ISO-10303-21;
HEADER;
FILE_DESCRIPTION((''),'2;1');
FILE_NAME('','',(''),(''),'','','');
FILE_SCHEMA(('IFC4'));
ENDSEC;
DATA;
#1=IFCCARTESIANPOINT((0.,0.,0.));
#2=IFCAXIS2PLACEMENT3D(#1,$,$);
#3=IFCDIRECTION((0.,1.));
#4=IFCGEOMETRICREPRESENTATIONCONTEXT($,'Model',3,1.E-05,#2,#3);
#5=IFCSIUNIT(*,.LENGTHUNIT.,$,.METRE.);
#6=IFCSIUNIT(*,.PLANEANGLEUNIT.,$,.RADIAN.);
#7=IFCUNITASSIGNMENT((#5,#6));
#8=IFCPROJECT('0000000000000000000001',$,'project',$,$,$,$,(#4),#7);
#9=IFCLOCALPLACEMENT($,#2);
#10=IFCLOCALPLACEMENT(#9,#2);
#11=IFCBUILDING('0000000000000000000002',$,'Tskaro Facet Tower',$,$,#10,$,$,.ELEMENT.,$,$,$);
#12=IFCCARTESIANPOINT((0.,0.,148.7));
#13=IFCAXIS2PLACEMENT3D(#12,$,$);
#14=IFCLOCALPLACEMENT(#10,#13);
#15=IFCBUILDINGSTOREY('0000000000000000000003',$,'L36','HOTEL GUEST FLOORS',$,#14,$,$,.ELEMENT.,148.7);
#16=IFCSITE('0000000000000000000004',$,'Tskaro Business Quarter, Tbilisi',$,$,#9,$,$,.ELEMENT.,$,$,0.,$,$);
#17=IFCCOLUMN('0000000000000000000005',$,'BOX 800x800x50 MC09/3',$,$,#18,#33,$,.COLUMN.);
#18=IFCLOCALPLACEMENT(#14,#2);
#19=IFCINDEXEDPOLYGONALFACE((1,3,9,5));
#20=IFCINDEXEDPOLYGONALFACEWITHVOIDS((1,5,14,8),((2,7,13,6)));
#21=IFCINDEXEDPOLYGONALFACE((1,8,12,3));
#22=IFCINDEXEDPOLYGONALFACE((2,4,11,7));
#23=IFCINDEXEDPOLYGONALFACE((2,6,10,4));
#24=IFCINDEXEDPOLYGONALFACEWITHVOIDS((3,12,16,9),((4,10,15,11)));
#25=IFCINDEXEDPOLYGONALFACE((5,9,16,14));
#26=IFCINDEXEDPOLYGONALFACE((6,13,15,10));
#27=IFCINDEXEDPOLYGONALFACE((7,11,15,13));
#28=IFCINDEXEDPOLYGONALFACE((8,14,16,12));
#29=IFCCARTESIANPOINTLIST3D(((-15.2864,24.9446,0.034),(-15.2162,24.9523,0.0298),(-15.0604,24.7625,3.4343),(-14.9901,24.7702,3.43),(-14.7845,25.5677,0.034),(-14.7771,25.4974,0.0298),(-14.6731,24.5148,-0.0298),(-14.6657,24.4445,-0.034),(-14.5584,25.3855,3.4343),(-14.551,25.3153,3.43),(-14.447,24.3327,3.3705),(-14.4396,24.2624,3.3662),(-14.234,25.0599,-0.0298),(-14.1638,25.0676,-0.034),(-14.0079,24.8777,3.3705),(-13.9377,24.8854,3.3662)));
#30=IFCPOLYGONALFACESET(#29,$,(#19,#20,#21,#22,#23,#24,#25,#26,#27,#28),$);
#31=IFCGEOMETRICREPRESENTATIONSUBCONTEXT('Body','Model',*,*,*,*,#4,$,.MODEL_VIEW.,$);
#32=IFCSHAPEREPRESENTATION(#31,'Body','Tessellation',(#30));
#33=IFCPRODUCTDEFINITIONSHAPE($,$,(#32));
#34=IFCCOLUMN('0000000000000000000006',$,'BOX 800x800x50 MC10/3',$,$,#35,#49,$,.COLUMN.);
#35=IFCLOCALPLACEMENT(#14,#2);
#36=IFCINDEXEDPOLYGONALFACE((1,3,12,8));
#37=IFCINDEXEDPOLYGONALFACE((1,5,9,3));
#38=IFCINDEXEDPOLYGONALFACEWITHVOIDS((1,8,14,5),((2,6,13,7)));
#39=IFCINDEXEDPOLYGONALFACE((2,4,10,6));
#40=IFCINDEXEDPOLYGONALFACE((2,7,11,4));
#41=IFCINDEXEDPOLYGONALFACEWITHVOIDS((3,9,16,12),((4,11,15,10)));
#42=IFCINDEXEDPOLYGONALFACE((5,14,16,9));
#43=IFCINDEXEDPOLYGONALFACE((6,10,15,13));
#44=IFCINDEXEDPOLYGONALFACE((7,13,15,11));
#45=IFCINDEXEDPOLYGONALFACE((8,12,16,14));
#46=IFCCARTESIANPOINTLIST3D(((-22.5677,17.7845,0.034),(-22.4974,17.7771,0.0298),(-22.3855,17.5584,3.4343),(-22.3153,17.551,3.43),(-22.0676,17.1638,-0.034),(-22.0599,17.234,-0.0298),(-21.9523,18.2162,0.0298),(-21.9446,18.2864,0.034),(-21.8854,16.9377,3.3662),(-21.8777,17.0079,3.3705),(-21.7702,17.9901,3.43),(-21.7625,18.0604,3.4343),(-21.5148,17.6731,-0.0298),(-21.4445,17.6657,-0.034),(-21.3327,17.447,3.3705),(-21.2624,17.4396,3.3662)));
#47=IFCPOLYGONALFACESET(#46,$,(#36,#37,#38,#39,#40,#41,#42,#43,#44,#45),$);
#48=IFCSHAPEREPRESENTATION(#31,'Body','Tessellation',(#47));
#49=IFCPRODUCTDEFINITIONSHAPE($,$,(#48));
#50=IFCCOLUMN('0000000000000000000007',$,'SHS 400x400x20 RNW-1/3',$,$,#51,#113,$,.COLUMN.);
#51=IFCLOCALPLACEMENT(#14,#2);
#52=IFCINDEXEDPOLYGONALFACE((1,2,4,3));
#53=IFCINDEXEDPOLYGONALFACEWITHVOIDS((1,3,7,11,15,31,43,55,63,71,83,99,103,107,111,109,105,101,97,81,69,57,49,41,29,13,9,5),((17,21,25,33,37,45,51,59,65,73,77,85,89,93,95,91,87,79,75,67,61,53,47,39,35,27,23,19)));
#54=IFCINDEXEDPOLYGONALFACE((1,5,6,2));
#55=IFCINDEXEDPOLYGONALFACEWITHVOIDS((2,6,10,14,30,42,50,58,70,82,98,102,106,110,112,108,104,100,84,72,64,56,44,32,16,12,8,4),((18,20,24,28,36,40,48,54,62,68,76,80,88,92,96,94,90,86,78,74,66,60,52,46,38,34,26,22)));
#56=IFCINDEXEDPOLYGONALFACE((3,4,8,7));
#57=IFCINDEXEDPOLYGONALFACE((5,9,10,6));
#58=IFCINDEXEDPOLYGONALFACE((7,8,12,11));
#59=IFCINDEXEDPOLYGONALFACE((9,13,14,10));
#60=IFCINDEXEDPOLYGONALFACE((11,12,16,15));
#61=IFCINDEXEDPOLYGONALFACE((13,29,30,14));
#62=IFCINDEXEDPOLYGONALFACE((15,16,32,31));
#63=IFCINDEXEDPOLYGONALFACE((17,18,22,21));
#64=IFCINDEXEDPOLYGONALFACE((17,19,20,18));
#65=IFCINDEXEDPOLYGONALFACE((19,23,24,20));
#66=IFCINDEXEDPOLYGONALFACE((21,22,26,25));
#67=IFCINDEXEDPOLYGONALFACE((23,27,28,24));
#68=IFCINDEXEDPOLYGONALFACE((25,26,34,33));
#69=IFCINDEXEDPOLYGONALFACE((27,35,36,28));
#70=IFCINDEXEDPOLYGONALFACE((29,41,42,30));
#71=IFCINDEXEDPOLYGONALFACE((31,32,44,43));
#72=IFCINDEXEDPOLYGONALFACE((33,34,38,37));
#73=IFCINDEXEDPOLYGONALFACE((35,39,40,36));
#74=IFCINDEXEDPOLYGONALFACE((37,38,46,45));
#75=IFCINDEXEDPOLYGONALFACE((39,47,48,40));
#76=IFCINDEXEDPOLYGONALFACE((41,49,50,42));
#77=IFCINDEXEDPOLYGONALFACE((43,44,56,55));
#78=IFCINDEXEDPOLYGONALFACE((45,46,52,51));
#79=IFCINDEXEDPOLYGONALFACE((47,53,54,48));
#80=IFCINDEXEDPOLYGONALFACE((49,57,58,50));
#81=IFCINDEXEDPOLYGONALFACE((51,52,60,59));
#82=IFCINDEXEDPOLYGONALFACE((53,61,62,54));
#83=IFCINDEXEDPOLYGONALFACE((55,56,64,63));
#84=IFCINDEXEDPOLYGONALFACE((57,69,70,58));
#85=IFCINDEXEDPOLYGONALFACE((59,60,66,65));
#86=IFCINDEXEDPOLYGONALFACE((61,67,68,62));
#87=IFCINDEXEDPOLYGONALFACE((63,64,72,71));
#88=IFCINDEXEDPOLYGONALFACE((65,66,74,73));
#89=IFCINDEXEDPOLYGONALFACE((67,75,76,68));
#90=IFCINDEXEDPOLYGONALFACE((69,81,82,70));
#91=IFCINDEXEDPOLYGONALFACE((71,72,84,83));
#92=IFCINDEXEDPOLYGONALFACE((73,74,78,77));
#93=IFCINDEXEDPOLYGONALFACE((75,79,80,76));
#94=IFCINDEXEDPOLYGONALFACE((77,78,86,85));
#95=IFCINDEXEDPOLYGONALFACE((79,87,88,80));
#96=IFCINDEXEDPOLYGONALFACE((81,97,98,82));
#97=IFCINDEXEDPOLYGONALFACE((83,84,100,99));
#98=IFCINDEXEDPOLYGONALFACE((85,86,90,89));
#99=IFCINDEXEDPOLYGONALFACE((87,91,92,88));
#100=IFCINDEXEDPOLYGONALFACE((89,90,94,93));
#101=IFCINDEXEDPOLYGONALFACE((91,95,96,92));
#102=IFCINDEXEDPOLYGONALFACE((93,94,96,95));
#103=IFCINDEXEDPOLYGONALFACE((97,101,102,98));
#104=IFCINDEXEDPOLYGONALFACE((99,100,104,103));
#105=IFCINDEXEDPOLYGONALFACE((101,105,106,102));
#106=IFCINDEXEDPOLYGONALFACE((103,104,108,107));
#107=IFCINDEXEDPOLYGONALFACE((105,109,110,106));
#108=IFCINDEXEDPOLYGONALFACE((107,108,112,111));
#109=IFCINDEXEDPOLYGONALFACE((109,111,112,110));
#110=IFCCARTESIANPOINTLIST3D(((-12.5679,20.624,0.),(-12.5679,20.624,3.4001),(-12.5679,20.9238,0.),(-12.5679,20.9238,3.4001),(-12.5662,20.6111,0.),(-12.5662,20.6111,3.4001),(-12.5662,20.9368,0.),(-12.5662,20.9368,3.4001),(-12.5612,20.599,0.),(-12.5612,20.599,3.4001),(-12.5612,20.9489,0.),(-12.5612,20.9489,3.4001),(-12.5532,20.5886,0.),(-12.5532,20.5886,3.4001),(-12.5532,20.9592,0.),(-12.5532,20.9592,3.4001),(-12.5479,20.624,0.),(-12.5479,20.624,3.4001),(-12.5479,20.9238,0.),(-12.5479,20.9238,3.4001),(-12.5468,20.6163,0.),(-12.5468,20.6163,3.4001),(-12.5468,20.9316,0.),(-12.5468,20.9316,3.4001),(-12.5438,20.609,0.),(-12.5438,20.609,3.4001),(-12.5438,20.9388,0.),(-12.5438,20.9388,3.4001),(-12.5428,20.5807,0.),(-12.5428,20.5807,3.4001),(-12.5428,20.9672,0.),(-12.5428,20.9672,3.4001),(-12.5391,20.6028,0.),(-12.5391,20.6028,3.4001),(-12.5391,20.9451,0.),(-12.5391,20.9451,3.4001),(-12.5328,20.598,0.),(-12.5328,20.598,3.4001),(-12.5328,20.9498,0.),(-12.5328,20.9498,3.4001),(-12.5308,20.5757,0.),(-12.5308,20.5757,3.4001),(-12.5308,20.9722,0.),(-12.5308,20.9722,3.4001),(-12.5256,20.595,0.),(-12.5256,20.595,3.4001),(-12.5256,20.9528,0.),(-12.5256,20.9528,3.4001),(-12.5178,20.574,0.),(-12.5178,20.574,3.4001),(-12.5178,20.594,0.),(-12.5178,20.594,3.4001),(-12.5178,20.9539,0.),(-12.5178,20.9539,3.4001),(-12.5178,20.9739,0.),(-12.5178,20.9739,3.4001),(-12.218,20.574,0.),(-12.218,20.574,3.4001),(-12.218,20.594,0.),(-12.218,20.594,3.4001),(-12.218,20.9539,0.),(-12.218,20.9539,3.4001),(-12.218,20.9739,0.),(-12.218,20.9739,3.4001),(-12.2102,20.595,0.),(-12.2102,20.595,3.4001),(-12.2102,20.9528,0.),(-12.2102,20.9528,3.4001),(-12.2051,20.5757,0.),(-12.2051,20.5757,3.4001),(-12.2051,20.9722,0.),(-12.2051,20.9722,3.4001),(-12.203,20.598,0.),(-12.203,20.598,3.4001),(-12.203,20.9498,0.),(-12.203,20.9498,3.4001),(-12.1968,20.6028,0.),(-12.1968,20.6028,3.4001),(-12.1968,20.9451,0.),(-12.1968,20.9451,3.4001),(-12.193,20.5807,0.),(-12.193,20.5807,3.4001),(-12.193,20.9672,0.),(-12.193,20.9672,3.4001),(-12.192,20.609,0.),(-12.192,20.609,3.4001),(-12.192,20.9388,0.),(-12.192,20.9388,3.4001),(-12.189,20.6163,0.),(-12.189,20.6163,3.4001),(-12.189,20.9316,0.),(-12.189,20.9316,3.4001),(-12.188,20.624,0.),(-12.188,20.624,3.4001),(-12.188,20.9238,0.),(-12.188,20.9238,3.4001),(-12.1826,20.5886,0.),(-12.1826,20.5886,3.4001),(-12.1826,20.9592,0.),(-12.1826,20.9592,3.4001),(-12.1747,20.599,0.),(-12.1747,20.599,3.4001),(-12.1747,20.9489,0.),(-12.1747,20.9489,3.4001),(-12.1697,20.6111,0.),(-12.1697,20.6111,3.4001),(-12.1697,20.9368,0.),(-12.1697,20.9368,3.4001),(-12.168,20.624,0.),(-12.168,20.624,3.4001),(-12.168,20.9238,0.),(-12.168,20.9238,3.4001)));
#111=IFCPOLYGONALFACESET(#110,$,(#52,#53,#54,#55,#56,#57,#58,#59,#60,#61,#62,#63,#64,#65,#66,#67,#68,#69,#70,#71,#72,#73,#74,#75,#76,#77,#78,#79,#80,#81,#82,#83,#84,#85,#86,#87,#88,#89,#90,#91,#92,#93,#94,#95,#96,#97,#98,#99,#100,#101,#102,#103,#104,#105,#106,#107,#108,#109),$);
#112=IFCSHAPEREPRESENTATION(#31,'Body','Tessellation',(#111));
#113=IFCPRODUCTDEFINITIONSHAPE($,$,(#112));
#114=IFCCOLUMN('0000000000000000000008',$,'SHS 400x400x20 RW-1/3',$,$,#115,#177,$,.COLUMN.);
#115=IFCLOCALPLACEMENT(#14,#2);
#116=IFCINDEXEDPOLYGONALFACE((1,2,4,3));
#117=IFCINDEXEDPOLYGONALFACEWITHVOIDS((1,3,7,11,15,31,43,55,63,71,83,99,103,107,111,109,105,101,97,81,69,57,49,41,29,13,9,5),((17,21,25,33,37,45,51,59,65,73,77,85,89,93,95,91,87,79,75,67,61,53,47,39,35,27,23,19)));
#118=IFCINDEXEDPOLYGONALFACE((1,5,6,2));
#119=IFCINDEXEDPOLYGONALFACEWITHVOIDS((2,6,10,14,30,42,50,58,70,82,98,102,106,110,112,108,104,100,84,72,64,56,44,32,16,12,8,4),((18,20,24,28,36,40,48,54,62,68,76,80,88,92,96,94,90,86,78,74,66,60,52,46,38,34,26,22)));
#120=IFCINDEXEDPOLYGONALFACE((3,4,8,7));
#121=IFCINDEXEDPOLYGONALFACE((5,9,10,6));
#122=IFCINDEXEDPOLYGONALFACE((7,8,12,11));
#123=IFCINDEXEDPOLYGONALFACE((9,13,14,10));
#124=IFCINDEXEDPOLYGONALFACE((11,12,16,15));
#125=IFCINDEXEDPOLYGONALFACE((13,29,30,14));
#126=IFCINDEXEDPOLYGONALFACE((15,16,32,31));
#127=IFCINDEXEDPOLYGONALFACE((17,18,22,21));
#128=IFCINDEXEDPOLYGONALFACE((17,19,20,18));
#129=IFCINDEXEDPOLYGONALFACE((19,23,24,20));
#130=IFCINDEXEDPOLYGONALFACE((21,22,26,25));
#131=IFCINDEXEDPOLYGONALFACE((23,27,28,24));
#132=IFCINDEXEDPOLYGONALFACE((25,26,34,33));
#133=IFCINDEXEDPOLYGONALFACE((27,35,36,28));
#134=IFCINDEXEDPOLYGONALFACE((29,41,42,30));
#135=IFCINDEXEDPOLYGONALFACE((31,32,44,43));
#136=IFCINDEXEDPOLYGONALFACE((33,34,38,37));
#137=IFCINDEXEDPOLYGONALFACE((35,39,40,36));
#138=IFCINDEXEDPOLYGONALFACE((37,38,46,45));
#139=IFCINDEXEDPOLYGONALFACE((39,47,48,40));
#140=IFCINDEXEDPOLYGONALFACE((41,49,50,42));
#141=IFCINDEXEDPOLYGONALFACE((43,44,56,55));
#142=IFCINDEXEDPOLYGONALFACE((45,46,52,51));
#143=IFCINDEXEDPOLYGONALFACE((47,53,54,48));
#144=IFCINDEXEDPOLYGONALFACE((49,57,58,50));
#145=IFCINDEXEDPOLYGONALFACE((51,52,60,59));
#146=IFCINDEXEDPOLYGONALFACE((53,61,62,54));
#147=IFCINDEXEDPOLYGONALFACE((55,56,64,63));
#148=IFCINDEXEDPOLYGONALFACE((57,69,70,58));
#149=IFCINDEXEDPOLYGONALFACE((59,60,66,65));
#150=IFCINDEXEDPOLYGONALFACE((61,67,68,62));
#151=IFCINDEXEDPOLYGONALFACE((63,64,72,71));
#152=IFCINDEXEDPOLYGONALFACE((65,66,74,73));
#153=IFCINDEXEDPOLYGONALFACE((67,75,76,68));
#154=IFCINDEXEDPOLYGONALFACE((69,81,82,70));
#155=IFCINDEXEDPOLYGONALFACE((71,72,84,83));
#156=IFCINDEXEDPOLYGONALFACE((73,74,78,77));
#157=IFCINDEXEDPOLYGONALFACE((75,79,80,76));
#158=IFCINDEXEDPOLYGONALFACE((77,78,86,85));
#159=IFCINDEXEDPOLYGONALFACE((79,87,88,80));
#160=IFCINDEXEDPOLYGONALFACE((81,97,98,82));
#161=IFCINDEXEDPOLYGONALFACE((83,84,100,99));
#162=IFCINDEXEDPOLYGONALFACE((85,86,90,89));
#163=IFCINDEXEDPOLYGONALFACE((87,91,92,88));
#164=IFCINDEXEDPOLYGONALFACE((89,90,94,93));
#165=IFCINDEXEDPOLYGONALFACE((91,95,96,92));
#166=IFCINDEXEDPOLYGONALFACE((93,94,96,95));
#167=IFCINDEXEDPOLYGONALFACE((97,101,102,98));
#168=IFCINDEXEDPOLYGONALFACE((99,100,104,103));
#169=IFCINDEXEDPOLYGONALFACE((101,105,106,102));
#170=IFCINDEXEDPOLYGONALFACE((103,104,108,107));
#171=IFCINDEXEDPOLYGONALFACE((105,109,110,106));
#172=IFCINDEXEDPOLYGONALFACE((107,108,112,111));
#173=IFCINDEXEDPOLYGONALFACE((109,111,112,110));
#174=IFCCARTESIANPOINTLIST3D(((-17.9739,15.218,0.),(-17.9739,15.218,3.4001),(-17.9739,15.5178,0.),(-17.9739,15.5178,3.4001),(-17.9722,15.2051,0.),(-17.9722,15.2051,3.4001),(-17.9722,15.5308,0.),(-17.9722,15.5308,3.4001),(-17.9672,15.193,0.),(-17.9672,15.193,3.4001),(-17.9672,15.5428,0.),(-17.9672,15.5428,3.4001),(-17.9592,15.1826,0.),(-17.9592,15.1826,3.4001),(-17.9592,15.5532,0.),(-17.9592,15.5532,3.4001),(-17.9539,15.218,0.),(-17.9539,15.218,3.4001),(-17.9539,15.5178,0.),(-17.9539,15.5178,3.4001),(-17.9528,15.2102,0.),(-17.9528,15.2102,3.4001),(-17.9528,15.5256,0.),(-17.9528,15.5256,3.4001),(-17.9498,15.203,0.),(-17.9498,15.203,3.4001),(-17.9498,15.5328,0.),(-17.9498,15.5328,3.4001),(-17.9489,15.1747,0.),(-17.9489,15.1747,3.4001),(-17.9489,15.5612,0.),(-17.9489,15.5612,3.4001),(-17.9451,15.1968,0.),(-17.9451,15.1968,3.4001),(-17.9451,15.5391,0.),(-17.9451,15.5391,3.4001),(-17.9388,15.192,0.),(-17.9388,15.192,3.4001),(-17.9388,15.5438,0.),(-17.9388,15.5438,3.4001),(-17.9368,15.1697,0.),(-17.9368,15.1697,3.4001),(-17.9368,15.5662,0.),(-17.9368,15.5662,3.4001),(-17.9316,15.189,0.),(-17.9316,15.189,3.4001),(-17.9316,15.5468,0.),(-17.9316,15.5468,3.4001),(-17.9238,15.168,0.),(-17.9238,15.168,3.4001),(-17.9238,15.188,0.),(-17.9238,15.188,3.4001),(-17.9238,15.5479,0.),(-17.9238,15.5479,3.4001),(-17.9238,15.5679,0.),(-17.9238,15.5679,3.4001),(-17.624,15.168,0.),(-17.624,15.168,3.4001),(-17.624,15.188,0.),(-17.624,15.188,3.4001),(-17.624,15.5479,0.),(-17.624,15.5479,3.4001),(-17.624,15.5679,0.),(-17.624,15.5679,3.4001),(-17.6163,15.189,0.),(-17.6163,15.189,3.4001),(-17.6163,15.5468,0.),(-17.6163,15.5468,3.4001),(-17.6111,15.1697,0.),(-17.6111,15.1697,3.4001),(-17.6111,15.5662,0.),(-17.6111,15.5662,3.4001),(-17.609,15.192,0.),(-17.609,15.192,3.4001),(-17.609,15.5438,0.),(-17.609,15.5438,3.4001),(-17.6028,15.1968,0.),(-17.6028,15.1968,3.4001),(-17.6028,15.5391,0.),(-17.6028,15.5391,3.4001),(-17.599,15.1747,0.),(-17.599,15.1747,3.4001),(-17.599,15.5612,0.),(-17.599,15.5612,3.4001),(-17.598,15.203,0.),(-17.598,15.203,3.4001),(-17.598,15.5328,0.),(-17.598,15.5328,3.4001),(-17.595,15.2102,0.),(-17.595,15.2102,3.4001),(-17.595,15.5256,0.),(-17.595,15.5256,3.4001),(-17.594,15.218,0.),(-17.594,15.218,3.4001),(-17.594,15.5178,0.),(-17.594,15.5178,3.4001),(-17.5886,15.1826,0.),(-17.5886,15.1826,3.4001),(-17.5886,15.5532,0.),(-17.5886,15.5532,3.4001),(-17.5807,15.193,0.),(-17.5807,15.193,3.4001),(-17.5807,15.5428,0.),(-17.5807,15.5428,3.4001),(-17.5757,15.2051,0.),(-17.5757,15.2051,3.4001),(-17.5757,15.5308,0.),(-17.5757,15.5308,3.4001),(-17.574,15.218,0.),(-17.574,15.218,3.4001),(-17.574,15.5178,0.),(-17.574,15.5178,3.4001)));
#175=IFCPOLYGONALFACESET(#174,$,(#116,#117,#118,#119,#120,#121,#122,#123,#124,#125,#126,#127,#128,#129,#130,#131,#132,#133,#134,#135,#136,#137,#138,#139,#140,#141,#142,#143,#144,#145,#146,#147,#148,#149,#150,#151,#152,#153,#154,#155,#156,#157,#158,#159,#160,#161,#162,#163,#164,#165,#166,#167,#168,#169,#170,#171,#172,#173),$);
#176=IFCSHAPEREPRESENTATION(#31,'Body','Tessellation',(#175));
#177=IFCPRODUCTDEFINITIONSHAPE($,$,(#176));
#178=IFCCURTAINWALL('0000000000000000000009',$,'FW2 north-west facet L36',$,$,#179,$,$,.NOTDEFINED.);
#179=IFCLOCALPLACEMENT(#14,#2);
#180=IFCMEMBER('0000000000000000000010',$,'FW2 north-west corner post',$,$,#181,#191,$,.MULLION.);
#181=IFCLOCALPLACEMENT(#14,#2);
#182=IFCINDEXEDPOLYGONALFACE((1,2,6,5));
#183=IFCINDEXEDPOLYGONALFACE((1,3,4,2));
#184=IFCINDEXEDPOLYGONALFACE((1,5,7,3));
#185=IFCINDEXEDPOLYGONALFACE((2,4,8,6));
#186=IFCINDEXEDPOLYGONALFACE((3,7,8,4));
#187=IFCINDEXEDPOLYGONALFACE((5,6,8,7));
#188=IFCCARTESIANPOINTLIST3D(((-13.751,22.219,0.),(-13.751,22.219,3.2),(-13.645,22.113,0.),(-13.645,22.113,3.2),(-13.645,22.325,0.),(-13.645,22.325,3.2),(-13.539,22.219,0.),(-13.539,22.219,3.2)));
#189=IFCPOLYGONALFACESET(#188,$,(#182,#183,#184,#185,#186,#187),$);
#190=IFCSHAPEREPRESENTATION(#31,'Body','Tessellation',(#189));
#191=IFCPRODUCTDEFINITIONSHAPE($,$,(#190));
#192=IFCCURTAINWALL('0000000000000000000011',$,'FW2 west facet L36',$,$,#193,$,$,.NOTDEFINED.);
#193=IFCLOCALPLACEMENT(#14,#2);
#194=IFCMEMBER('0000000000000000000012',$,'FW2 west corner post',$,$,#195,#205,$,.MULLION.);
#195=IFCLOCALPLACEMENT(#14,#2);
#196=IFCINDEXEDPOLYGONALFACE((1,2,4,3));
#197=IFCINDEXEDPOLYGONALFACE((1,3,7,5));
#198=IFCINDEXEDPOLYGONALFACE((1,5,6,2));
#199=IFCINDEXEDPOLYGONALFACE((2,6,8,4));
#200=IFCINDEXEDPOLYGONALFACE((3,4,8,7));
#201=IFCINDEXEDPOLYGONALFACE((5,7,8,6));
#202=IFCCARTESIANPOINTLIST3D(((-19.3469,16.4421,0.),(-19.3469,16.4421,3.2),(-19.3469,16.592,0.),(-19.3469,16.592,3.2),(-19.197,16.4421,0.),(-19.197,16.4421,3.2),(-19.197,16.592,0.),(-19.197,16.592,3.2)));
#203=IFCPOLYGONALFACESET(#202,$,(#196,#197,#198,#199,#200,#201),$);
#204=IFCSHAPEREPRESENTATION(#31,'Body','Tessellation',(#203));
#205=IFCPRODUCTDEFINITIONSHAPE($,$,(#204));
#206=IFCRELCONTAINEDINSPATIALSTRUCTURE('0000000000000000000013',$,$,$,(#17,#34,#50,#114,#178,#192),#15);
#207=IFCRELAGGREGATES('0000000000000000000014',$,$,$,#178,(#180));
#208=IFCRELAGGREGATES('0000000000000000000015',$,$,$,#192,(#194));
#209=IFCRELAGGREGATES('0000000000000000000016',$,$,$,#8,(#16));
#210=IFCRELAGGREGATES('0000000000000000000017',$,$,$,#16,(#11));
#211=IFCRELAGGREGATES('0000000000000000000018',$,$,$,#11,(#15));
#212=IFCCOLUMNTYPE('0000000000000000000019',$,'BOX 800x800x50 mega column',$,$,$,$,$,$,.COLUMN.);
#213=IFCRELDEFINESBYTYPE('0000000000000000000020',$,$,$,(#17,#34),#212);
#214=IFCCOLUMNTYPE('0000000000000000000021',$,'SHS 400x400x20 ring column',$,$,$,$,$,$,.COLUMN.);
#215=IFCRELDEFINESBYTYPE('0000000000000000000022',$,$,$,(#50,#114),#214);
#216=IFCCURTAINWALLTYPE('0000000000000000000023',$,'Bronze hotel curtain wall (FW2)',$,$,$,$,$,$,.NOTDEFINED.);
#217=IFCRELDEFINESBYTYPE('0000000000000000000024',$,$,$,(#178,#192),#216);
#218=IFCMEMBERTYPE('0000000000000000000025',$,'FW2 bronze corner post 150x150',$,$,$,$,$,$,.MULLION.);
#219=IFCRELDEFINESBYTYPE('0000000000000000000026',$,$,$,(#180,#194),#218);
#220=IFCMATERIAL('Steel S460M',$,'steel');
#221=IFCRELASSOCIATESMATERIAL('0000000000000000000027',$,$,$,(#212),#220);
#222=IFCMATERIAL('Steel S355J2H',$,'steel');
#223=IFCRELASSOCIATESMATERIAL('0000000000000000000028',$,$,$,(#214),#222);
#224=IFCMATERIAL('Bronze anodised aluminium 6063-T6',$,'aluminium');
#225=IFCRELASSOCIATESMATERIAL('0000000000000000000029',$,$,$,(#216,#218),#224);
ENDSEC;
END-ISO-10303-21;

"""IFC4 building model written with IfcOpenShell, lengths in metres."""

from ifc_helpers import new_model, si_unit, direction, frame, origin, origin_2d, place, context, subcontext, project, spatial, rectangle, hollow_rectangle, extrude, material, material_profile, profile_set, type_object, element, aggregate, save


model = new_model("IFC4")

# Units and contexts
model_context = context("Model", 3, precision=1e-05, world=origin(), true_north=direction((0.0, 1.0)))
body_context = subcontext(model_context, "Body", "Model", "MODEL_VIEW")
ifc_project = project(units=[si_unit("LENGTHUNIT", "METRE"), si_unit("PLANEANGLEUNIT", "RADIAN")], contexts=[model_context])

# Site, building, storey
site_placement = place(None, origin())
site = spatial("IfcSite", under=ifc_project, at=site_placement, Name="Tskaro Business Quarter, Tbilisi", CompositionType="ELEMENT", RefElevation=0.0)
building_placement = place(site_placement, origin())
building = spatial("IfcBuilding", under=site, at=building_placement, Name="Tskaro Facet Tower", CompositionType="ELEMENT")
storey_placement = place(building_placement, frame((0.0, 0.0, 148.7)))
storey = spatial("IfcBuildingStorey", under=building, at=storey_placement, Name="L36", Description="HOTEL GUEST FLOORS", CompositionType="ELEMENT", Elevation=148.7)

# Columns
ifc_material_1 = material(Name="Steel S460M", Category="steel")
ifc_material_profile_1 = material_profile(ifc_material_1, hollow_rectangle(XDim=0.8, YDim=0.8, WallThickness=0.05, at=origin_2d()), Name="BOX 800x800x50")
ifc_profile_set_1 = profile_set([ifc_material_profile_1], Name="Steel S460M")
column_type_1 = type_object("IfcColumnType", Name="BOX 800x800x50 mega column", PredefinedType="COLUMN", material=ifc_profile_set_1)
for number, where, z_axis, x_axis, name in (
    (1, (-14.7251, 25.0061, 0.0), (0.066249, -0.053371, 0.996375), (0.627358, 0.778731, 0.0), "BOX 800x800x50 MC09/3"),
    (2, (-22.0061, 17.7251, 0.0), (0.053371, -0.066249, 0.996375), (0.778731, 0.627358, 0.0), "BOX 800x800x50 MC10/3"),
):
    element("IfcColumn", number, at=place(storey_placement, frame(where, z_axis=z_axis, x_axis=x_axis)), inside=storey, type_object=column_type_1, Name=name, PredefinedType="COLUMN", context=body_context, shape_type="SweptSolid", body=[
        extrude(hollow_rectangle(XDim=0.8, YDim=0.8, WallThickness=0.05, at=origin_2d()), origin(), (0.0, 0.0, 1.0), 3.4126),
    ])
ifc_material_2 = material(Name="Steel S355J2H", Category="steel")
ifc_material_profile_2 = material_profile(ifc_material_2, hollow_rectangle(XDim=0.3999, YDim=0.3999, WallThickness=0.02, InnerFilletRadius=0.03, OuterFilletRadius=0.05, at=origin_2d()), Name="SHS 400x400x20")
ifc_profile_set_2 = profile_set([ifc_material_profile_2], Name="Steel S355J2H")
column_type_2 = type_object("IfcColumnType", Name="SHS 400x400x20 ring column", PredefinedType="COLUMN", material=ifc_profile_set_2)
for number, where, z_axis, x_axis, name in (
    (3, (-12.3679, 20.7739, 0.0), (0.0, 0.0, 1.0), (1.0, 0.0, 0.0), "SHS 400x400x20 RNW-1/3"),
    (4, (-17.7739, 15.3679, 0.0), (0.0, 0.0, 1.0), (1.0, 0.0, 0.0), "SHS 400x400x20 RW-1/3"),
):
    element("IfcColumn", number, at=place(storey_placement, frame(where, z_axis=z_axis, x_axis=x_axis)), inside=storey, type_object=column_type_2, Name=name, PredefinedType="COLUMN", context=body_context, shape_type="SweptSolid", body=[
        extrude(hollow_rectangle(XDim=0.3999, YDim=0.3999, WallThickness=0.02, InnerFilletRadius=0.03, OuterFilletRadius=0.05, at=origin_2d()), origin(), (0.0, 0.0, 1.0), 3.4001),
    ])

# Curtain wall, member
ifc_material_3 = material(Name="Bronze anodised aluminium 6063-T6", Category="aluminium")
curtain_wall_type = type_object("IfcCurtainWallType", Name="Bronze hotel curtain wall (FW2)", PredefinedType="NOTDEFINED", material=ifc_material_3)
curtain_wall_1_placement = place(storey_placement, origin())
curtain_wall_1 = element("IfcCurtainWall", 5, at=curtain_wall_1_placement, inside=storey, type_object=curtain_wall_type, Name="FW2 north-west facet L36", PredefinedType="NOTDEFINED")
ifc_material_profile_3 = material_profile(ifc_material_3, rectangle(XDim=0.1499, YDim=0.1499, at=origin_2d()), Name="Corner post 150x150")
ifc_profile_set_3 = profile_set([ifc_material_profile_3], Name="Bronze anodised aluminium 6063-T6")
member_type_1 = type_object("IfcMemberType", Name="FW2 bronze corner post 150x150", PredefinedType="MULLION", material=ifc_profile_set_3)
member_1_placement = place(storey_placement, frame((-13.645, 22.219, 0.0), z_axis=(0.0, 0.0, 1.0), x_axis=(-0.707107, -0.707107, 0.0)))
member_1 = element("IfcMember", 6, at=member_1_placement, type_object=member_type_1, Name="FW2 north-west corner post", PredefinedType="MULLION", context=body_context, shape_type="SweptSolid", body=[
    extrude(rectangle(XDim=0.1499, YDim=0.1499, at=origin_2d()), origin(), (0.0, 0.0, 1.0), 3.2),
])

# Curtain wall, member
curtain_wall_2_placement = place(storey_placement, origin())
curtain_wall_2 = element("IfcCurtainWall", 7, at=curtain_wall_2_placement, inside=storey, type_object=curtain_wall_type, Name="FW2 west facet L36", PredefinedType="NOTDEFINED")
member_2_placement = place(storey_placement, frame((-19.272, 16.5171, 0.0), z_axis=(0.0, 0.0, 1.0), x_axis=(0.0, -1.0, 0.0)))
member_2 = element("IfcMember", 8, at=member_2_placement, type_object=member_type_1, Name="FW2 west corner post", PredefinedType="MULLION", context=body_context, shape_type="SweptSolid", body=[
    extrude(rectangle(XDim=0.1499, YDim=0.1499, at=origin_2d()), origin(), (0.0, 0.0, 1.0), 3.2),
])

aggregate(curtain_wall_1, [member_1])
aggregate(curtain_wall_2, [member_2])

save(model, "model.ifc")
